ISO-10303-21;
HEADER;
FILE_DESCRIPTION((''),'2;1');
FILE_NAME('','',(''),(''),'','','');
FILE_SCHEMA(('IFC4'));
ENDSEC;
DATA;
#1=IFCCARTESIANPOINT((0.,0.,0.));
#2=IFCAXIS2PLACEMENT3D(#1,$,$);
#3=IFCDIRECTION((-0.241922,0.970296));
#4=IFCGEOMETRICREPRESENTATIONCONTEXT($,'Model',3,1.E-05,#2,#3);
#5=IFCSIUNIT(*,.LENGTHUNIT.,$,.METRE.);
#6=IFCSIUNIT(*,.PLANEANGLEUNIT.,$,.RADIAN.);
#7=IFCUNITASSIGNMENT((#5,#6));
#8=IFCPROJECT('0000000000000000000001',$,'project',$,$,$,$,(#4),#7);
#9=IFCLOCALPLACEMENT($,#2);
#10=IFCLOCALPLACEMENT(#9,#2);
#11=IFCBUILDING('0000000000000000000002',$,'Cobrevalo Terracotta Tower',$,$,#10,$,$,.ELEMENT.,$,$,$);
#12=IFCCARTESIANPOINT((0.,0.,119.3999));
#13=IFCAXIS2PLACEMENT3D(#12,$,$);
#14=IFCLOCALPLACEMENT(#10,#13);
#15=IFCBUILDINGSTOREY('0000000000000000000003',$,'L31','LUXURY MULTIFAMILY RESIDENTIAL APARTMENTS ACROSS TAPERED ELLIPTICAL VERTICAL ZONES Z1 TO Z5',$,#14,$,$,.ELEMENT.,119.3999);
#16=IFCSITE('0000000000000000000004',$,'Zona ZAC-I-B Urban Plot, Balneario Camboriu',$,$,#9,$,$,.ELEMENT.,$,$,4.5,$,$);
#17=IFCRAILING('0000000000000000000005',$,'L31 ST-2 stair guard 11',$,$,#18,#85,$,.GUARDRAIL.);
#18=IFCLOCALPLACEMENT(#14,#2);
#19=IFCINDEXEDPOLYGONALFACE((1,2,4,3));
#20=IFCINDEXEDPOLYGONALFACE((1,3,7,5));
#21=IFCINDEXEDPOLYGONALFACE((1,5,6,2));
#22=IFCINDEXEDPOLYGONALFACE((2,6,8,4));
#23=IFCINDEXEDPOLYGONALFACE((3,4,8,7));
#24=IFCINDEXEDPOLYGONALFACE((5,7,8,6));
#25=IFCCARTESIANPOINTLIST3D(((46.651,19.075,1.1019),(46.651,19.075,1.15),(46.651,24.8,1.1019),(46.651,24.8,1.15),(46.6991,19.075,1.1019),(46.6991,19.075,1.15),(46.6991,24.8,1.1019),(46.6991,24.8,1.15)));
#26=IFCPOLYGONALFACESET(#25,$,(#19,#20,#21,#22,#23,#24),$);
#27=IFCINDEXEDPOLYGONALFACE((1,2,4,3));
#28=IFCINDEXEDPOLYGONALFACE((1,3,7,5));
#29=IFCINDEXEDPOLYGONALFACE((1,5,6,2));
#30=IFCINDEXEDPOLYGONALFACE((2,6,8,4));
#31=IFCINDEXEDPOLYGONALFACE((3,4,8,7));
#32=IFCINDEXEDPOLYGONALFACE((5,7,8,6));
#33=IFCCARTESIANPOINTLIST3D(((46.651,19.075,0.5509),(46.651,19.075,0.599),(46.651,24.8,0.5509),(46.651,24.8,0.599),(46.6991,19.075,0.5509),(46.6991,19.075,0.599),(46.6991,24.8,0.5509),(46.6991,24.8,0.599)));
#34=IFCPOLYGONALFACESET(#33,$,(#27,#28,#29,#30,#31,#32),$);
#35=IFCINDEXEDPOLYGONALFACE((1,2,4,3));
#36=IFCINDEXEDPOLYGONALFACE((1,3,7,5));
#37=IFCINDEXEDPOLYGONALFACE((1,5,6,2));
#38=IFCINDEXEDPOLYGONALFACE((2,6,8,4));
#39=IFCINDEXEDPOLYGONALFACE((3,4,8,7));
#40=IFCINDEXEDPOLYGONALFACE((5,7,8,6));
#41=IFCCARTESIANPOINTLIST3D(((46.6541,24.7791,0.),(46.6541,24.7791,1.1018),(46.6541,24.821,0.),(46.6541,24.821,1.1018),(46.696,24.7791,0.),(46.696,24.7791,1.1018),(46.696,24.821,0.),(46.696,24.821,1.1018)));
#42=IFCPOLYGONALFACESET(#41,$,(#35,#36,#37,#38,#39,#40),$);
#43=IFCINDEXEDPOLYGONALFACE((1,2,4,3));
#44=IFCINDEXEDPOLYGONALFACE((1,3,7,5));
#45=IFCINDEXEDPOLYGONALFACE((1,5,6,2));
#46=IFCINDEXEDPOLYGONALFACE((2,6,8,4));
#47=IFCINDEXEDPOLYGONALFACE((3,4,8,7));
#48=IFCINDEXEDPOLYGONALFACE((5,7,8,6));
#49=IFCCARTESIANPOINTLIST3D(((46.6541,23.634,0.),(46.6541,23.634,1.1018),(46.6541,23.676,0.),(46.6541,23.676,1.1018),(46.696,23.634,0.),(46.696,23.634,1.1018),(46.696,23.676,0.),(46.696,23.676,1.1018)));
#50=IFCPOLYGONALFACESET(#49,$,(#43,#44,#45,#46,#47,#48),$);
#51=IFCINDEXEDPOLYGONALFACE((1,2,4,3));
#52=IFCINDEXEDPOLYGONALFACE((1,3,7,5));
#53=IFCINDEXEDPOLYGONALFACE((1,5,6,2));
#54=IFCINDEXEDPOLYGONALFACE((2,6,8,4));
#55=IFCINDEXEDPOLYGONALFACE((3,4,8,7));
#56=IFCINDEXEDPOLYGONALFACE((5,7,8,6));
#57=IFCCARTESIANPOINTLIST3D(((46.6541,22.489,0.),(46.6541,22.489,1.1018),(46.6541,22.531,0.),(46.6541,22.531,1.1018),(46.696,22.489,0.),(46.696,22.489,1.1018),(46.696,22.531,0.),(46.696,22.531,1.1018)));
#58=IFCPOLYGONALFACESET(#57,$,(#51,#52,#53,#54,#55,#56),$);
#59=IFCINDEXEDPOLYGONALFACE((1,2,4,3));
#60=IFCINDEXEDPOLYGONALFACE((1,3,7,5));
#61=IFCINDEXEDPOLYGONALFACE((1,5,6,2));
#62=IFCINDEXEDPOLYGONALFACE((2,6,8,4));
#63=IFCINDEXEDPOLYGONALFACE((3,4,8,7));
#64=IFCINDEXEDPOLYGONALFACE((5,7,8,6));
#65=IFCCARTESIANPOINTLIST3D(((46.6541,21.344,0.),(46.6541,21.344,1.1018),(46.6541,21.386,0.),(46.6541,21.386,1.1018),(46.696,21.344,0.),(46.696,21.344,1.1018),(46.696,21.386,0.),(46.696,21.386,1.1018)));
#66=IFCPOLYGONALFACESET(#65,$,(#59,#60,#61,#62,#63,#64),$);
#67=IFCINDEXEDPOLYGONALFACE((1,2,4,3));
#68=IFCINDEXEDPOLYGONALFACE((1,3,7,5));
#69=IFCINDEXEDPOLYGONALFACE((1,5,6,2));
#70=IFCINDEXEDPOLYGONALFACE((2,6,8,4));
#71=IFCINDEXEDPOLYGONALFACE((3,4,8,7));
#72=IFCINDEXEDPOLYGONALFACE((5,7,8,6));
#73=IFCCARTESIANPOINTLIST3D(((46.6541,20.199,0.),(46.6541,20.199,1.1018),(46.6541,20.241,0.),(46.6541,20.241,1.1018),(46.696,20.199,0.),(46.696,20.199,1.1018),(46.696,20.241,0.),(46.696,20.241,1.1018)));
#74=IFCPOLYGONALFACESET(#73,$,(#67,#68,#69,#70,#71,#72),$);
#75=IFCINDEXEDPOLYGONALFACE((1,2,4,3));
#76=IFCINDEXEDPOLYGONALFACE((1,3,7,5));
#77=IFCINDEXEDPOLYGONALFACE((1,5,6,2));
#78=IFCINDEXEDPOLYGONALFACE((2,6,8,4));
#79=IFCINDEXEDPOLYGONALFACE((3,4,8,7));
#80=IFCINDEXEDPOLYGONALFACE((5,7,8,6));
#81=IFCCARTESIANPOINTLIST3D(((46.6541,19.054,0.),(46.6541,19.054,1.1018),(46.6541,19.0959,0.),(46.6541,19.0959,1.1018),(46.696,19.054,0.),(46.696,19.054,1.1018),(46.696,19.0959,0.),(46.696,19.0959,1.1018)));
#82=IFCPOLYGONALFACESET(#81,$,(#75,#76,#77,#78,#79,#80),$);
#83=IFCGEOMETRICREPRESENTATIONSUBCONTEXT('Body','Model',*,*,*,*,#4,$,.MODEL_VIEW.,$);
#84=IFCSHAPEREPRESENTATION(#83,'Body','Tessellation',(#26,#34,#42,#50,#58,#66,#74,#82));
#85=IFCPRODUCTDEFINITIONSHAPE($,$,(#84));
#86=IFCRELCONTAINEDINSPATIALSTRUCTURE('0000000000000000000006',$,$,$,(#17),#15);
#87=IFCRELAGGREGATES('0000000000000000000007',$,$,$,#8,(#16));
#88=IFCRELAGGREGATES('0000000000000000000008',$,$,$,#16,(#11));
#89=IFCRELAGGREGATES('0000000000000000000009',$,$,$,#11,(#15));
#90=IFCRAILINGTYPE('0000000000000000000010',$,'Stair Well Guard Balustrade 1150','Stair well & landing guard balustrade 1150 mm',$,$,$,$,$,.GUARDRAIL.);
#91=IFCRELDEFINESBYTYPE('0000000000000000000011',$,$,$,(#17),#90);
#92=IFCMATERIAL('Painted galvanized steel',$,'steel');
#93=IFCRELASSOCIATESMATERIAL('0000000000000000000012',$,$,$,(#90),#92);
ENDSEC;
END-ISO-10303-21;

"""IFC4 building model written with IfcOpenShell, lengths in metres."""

from ifc_helpers import new_model, si_unit, direction, frame, origin, origin_2d, place, context, subcontext, project, spatial, rectangle, extrude, material, type_object, element, save


model = new_model("IFC4")

# Units and contexts
model_context = context("Model", 3, precision=1e-05, world=origin(), true_north=direction((-0.241922, 0.970296)))
body_context = subcontext(model_context, "Body", "Model", "MODEL_VIEW")
ifc_project = project(units=[si_unit("LENGTHUNIT", "METRE"), si_unit("PLANEANGLEUNIT", "RADIAN")], contexts=[model_context])

# Site, building, storey
site_placement = place(None, origin())
site = spatial("IfcSite", under=ifc_project, at=site_placement, Name="Zona ZAC-I-B Urban Plot, Balneario Camboriu", CompositionType="ELEMENT", RefElevation=4.5)
building_placement = place(site_placement, origin())
building = spatial("IfcBuilding", under=site, at=building_placement, Name="Cobrevalo Terracotta Tower", CompositionType="ELEMENT")
storey_placement = place(building_placement, frame((0.0, 0.0, 119.3999)))
storey = spatial("IfcBuildingStorey", under=building, at=storey_placement, Name="L31", Description="LUXURY MULTIFAMILY RESIDENTIAL APARTMENTS ACROSS TAPERED ELLIPTICAL VERTICAL ZONES Z1 TO Z5", CompositionType="ELEMENT", Elevation=119.3999)

# Railing
ifc_material_1 = material(Name="Painted galvanized steel", Category="steel")
railing_type = type_object("IfcRailingType", Name="Stair Well Guard Balustrade 1150", Description="Stair well & landing guard balustrade 1150 mm", PredefinedType="GUARDRAIL", material=ifc_material_1)
for number, where, name in (
    (1, (46.675, 24.8, 0.0), "L31 ST-2 stair guard 11"),
):
    element("IfcRailing", number, at=place(storey_placement, frame(where)), inside=storey, type_object=railing_type, Name=name, PredefinedType="GUARDRAIL", context=body_context, shape_type="SweptSolid", body=[
        extrude(rectangle(XDim=0.0481, YDim=0.0481, at=origin_2d()), frame((0.0, 0.0, 1.126), z_axis=(0.0, -1.0, 0.0), x_axis=(1.0, 0.0, 0.0)), (0.0, 0.0, 1.0), 5.7251),
        extrude(rectangle(XDim=0.0481, YDim=0.0481, at=origin_2d()), frame((0.0, 0.0, 0.575), z_axis=(0.0, -1.0, 0.0), x_axis=(1.0, 0.0, 0.0)), (0.0, 0.0, 1.0), 5.7251),
        extrude(rectangle(XDim=0.042, YDim=0.042, at=origin_2d()), origin(), (0.0, 0.0, 1.0), 1.1018),
        extrude(rectangle(XDim=0.042, YDim=0.042, at=origin_2d()), frame((0.0, -1.145, 0.0)), (0.0, 0.0, 1.0), 1.1018),
        extrude(rectangle(XDim=0.042, YDim=0.042, at=origin_2d()), frame((0.0, -2.29, 0.0)), (0.0, 0.0, 1.0), 1.1018),
        extrude(rectangle(XDim=0.042, YDim=0.042, at=origin_2d()), frame((0.0, -3.4351, 0.0)), (0.0, 0.0, 1.0), 1.1018),
        extrude(rectangle(XDim=0.042, YDim=0.042, at=origin_2d()), frame((0.0, -4.5801, 0.0)), (0.0, 0.0, 1.0), 1.1018),
        extrude(rectangle(XDim=0.042, YDim=0.042, at=origin_2d()), frame((0.0, -5.7251, 0.0)), (0.0, 0.0, 1.0), 1.1018),
    ])

save(model, "model.ifc")
